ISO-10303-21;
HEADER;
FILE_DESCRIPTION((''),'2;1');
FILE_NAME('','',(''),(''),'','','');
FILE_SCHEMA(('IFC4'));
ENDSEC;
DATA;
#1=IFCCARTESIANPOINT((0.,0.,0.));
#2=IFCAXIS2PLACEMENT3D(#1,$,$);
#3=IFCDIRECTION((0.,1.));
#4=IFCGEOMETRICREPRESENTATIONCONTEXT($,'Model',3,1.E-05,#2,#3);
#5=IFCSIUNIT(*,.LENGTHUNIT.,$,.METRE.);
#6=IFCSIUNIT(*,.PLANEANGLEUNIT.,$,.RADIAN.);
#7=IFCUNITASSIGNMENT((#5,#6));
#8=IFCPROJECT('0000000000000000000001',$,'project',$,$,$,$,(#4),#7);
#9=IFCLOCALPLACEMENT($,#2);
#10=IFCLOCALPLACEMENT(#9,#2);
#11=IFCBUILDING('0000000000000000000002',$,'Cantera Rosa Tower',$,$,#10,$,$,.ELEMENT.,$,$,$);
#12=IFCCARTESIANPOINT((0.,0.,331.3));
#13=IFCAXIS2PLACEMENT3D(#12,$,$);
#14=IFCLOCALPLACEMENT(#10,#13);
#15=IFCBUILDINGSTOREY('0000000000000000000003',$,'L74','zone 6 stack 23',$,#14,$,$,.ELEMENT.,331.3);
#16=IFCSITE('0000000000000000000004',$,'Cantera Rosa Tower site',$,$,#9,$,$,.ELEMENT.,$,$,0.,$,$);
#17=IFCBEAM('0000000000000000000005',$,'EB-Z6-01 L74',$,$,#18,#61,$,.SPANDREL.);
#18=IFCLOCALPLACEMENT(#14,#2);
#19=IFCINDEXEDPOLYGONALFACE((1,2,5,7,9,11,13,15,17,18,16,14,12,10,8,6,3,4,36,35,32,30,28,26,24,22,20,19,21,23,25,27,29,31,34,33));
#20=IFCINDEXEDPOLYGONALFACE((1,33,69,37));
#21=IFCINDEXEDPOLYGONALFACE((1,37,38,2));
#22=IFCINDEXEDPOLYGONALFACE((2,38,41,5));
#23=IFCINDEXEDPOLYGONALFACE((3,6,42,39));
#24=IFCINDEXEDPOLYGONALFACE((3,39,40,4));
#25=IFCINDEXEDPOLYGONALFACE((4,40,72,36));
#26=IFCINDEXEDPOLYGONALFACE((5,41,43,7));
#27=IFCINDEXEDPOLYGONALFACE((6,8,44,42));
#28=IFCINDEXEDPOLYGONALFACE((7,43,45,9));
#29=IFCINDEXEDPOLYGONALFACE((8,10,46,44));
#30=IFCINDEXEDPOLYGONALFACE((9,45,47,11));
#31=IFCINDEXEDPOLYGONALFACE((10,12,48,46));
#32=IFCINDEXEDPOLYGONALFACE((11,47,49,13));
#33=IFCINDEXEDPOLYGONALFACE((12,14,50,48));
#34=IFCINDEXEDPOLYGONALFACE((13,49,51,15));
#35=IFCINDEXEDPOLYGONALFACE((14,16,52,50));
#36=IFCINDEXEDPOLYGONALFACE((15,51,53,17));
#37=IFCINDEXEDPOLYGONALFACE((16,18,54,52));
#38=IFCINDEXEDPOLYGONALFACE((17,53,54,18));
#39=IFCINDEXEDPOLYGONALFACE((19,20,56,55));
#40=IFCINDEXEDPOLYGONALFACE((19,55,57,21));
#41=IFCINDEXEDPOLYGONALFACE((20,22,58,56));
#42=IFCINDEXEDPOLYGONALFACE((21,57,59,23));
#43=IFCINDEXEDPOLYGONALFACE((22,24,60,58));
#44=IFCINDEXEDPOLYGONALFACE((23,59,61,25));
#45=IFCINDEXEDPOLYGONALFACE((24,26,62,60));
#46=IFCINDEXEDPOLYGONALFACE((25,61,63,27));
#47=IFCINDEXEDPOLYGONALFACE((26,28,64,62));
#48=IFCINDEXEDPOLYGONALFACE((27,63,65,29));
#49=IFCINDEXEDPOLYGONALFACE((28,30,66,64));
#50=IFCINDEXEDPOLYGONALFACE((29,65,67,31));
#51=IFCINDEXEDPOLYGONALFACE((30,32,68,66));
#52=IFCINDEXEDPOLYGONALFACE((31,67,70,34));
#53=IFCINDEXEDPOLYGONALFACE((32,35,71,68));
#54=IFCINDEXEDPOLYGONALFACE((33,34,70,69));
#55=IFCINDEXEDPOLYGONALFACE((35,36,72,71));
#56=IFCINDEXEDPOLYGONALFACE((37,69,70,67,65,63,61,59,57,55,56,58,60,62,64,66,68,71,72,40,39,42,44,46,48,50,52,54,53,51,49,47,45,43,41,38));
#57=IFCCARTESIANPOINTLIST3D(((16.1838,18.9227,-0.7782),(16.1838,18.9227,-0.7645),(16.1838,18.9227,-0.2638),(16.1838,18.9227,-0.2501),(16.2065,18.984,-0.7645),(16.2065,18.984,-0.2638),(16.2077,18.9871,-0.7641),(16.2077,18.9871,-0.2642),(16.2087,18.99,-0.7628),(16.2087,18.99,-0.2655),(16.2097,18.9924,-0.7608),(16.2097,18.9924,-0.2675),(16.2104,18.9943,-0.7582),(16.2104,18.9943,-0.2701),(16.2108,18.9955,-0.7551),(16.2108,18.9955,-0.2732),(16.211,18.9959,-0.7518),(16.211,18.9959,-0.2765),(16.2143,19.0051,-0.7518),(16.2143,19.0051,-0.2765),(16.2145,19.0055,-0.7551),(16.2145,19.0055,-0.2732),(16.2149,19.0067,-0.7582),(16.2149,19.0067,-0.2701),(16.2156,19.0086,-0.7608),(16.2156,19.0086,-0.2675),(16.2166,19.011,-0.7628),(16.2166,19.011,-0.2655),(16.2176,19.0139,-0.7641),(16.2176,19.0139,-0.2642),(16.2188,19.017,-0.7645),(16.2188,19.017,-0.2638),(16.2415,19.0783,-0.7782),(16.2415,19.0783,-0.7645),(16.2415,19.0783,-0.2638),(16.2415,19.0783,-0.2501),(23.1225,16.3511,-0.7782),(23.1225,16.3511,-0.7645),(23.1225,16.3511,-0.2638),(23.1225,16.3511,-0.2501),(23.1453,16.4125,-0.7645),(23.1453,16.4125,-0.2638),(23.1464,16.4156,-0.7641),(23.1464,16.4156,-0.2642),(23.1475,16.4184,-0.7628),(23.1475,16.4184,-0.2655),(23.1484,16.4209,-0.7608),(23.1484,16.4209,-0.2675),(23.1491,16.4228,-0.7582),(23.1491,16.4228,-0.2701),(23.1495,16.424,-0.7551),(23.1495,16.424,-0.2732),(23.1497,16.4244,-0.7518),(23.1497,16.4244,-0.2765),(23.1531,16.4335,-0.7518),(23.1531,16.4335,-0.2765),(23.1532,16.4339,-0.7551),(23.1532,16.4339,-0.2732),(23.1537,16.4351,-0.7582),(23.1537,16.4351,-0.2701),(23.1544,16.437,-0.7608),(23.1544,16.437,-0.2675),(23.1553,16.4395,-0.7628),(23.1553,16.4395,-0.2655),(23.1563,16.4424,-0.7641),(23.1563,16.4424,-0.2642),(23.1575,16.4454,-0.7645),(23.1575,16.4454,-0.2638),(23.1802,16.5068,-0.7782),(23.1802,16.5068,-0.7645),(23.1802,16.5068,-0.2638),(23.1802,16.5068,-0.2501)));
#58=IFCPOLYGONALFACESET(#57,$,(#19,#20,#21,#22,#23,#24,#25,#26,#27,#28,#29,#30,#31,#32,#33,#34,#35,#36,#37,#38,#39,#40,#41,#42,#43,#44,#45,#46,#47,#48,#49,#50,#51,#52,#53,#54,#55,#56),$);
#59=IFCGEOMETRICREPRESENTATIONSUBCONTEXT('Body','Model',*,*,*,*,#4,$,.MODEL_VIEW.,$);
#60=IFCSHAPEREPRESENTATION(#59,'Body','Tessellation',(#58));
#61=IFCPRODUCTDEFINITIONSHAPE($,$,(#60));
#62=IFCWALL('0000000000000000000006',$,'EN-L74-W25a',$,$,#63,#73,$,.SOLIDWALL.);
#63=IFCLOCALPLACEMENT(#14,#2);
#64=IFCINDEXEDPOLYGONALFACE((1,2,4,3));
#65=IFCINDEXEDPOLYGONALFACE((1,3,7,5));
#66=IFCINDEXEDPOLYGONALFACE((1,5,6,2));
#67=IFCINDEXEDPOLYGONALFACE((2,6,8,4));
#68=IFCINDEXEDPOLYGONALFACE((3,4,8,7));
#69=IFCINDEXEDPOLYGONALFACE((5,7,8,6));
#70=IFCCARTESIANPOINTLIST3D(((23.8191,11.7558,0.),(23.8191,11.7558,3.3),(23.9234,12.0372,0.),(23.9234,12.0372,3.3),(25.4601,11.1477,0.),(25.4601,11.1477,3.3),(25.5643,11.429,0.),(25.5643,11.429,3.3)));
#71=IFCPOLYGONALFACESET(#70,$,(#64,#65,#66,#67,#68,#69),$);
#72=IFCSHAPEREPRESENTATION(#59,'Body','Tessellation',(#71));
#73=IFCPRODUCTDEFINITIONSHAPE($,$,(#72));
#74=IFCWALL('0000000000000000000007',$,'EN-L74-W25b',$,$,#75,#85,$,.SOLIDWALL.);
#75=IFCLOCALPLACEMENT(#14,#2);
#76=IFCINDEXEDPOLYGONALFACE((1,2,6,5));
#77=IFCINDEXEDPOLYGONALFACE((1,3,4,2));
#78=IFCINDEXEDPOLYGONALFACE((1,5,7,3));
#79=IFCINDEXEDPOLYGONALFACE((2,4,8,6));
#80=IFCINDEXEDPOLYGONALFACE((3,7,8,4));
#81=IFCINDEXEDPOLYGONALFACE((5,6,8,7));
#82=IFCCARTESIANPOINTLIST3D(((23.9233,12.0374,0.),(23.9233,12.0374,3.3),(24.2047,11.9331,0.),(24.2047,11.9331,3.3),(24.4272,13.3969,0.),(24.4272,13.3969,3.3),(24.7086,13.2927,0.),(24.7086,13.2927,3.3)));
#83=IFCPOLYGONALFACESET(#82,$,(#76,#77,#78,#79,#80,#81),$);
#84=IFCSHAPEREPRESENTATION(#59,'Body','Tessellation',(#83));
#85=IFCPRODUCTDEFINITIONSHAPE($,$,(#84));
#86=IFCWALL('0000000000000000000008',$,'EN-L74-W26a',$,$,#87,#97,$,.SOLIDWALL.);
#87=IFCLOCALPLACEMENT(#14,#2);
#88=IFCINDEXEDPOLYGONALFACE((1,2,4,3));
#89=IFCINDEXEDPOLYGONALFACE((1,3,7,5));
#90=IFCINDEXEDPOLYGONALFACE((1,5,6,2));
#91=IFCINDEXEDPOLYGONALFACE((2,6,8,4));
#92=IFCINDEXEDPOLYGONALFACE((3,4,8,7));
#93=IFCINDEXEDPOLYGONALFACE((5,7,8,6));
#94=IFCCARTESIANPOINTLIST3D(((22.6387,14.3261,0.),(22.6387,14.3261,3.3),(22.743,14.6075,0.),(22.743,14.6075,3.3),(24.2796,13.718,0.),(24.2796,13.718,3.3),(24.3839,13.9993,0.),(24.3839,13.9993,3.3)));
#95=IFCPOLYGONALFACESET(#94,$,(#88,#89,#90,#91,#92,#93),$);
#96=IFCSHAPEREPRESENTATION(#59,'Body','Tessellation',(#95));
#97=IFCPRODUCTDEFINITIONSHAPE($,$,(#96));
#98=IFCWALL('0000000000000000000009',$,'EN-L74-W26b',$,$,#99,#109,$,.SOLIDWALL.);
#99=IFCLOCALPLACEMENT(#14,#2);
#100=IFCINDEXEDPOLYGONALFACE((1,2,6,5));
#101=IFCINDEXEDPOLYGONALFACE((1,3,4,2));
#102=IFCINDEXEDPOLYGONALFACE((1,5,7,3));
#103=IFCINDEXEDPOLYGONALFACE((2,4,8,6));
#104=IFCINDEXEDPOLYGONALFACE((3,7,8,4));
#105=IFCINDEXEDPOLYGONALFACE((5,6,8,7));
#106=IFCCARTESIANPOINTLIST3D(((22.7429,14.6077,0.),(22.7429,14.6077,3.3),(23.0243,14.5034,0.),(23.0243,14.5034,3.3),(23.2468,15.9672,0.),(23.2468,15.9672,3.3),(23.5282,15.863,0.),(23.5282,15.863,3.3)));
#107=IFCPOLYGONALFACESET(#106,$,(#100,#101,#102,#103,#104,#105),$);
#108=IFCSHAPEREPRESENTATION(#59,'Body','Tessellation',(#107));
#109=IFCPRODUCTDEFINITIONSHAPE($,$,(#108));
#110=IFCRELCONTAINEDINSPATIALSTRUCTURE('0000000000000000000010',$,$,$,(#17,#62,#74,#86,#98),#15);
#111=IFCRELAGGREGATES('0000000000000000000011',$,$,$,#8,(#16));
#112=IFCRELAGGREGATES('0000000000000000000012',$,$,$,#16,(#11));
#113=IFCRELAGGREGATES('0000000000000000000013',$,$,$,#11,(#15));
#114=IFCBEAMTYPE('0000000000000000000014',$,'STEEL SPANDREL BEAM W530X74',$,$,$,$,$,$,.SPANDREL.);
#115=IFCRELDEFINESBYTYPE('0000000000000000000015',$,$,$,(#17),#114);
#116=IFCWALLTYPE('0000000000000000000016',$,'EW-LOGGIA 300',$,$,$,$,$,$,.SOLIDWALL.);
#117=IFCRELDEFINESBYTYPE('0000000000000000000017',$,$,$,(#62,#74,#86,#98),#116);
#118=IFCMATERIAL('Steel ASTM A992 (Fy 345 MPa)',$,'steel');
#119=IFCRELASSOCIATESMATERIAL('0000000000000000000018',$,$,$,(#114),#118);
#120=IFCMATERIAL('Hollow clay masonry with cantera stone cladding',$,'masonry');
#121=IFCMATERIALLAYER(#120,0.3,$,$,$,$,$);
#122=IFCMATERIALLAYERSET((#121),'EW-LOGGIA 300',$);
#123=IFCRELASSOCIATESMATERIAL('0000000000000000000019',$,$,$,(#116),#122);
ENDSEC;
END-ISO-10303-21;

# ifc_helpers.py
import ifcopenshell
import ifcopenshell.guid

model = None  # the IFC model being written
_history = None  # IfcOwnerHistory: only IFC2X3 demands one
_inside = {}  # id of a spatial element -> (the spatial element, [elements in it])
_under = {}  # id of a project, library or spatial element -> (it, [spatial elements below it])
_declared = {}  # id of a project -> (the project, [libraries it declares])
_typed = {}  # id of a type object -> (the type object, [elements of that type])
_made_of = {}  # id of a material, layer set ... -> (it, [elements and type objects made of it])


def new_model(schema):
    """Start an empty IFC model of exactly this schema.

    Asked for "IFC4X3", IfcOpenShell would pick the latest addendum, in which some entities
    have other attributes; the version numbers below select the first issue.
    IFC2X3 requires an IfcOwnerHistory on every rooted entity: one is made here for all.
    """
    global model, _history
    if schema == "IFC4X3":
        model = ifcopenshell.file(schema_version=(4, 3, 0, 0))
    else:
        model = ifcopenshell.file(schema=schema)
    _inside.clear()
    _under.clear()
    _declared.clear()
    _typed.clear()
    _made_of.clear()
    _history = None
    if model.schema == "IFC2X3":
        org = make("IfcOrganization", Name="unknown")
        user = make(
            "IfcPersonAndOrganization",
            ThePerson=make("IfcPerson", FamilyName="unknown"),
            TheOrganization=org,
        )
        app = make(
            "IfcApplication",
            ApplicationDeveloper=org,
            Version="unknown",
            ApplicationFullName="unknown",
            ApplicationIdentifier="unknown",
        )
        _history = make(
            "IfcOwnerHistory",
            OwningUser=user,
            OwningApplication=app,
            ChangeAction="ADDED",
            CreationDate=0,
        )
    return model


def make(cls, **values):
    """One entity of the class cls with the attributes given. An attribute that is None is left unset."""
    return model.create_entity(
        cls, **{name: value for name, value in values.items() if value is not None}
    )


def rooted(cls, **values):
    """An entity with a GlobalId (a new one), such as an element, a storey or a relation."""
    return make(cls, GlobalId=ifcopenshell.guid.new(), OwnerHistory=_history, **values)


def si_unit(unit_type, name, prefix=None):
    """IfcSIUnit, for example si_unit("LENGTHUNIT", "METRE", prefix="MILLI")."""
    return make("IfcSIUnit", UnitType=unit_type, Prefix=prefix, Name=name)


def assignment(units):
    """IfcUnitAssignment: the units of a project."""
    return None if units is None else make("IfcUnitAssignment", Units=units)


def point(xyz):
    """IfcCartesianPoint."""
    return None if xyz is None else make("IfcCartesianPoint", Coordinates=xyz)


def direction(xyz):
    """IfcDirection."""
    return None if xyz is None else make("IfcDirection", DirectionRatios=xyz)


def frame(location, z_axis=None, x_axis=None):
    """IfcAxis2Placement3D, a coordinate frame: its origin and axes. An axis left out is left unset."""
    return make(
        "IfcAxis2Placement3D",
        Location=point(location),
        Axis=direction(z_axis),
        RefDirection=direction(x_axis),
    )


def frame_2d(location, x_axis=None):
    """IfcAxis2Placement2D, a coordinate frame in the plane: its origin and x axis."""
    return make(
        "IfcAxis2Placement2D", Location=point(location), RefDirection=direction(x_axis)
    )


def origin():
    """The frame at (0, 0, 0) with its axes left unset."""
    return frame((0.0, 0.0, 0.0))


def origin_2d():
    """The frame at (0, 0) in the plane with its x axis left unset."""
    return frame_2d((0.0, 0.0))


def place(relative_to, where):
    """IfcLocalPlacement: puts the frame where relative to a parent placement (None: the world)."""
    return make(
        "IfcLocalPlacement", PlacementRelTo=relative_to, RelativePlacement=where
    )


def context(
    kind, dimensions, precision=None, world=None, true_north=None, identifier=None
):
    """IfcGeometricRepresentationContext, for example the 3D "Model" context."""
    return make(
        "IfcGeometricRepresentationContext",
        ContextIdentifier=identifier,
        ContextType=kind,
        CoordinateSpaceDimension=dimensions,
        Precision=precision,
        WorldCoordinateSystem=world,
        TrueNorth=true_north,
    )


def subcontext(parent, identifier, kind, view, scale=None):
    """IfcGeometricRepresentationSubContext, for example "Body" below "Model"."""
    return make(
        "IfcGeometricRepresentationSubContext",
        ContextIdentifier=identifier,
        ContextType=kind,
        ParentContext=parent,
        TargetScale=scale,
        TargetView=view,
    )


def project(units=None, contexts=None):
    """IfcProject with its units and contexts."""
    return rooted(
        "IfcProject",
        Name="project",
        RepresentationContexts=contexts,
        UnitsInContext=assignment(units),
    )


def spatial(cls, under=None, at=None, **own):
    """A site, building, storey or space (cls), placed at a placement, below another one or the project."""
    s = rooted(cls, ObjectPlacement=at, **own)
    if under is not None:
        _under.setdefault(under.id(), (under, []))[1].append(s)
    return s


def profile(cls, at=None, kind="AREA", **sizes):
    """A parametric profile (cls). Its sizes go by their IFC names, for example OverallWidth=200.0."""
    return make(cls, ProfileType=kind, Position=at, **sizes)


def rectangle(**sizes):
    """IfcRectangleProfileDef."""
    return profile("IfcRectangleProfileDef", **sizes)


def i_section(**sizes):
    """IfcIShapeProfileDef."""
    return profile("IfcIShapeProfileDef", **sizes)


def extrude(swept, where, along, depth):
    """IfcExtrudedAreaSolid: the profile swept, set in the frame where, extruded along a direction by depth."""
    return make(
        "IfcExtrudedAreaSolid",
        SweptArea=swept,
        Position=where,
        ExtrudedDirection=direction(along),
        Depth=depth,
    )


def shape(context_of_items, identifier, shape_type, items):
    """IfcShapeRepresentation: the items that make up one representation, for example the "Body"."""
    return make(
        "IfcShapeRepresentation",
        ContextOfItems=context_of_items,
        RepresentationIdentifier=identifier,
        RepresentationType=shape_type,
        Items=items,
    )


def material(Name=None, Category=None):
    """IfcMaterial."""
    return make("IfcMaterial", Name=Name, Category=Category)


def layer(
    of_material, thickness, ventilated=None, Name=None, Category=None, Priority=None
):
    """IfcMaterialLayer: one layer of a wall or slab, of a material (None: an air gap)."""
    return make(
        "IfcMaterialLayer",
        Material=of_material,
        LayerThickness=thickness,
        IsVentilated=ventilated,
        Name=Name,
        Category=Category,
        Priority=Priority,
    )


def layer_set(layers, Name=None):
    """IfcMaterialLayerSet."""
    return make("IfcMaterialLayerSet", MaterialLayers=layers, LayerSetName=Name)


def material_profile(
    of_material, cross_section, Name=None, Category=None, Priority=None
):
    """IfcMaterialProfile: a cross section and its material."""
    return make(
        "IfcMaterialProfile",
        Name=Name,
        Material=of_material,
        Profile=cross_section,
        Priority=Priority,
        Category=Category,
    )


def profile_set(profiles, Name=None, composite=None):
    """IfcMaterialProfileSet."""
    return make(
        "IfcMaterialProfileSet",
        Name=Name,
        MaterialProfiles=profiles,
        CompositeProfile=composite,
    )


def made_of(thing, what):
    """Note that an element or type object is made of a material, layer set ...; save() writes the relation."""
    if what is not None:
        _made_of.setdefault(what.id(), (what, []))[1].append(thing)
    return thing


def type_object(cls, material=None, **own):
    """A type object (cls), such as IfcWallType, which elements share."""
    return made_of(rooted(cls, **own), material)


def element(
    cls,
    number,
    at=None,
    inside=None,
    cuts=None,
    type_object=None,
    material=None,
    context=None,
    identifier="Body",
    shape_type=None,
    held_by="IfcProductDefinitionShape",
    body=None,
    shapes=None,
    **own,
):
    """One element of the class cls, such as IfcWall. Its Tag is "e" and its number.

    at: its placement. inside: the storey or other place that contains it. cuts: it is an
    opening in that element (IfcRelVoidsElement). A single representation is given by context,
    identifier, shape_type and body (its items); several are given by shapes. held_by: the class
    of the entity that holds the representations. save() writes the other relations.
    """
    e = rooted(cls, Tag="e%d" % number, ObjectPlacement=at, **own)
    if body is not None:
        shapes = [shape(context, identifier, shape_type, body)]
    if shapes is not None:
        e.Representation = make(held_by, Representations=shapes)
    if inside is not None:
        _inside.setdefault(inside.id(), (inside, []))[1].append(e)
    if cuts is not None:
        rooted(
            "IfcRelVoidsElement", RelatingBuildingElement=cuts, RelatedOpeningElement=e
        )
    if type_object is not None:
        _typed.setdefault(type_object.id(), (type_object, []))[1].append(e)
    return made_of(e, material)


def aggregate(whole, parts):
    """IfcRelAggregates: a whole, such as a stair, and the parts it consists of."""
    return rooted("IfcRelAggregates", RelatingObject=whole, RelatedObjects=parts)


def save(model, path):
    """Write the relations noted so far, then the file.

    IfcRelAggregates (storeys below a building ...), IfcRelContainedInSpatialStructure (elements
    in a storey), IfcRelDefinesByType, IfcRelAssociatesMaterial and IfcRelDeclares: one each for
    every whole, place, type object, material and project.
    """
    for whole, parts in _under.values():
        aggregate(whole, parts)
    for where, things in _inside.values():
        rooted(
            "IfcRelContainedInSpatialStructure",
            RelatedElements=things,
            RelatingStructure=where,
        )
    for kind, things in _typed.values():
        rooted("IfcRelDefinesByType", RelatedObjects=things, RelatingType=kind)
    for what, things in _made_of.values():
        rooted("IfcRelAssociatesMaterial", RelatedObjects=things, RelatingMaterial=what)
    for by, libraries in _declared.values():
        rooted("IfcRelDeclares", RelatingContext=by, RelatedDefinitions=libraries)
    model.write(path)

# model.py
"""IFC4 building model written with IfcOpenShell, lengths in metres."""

from ifc_helpers import new_model, si_unit, direction, frame, frame_2d, origin, origin_2d, place, context, subcontext, project, spatial, rectangle, i_section, extrude, material, layer, layer_set, material_profile, profile_set, type_object, element, save


model = new_model("IFC4")

# Units and contexts
model_context = context("Model", 3, precision=1e-05, world=origin(), true_north=direction((0.0, 1.0)))
body_context = subcontext(model_context, "Body", "Model", "MODEL_VIEW")
ifc_project = project(units=[si_unit("LENGTHUNIT", "METRE"), si_unit("PLANEANGLEUNIT", "RADIAN")], contexts=[model_context])

# Site, building, storey
site_placement = place(None, origin())
site = spatial("IfcSite", under=ifc_project, at=site_placement, Name="Cantera Rosa Tower site", CompositionType="ELEMENT", RefElevation=0.0)
building_placement = place(site_placement, origin())
building = spatial("IfcBuilding", under=site, at=building_placement, Name="Cantera Rosa Tower", CompositionType="ELEMENT")
storey_placement = place(building_placement, frame((0.0, 0.0, 331.3)))
storey = spatial("IfcBuildingStorey", under=building, at=storey_placement, Name="L74", Description="zone 6 stack 23", CompositionType="ELEMENT", Elevation=331.3)

# Beam
ifc_material_1 = material(Name="Steel ASTM A992 (Fy 345 MPa)", Category="steel")
ifc_material_profile_1 = material_profile(ifc_material_1, i_section(OverallWidth=0.166, OverallDepth=0.5281, WebThickness=0.0098, FlangeThickness=0.0137, FilletRadius=0.0127, at=origin_2d()), Name="W530X74")
ifc_profile_set_1 = profile_set([ifc_material_profile_1], Name="Steel ASTM A992 (Fy 345 MPa)")
beam_type_1 = type_object("IfcBeamType", Name="STEEL SPANDREL BEAM W530X74", PredefinedType="SPANDREL", material=ifc_profile_set_1)
beam_1_placement = place(storey_placement, frame((23.1514, 16.429, -0.5142), z_axis=(-0.937677, 0.347509, 0.0), x_axis=(-0.347509, -0.937677, 0.0)))
element("IfcBeam", 1, at=beam_1_placement, inside=storey, type_object=beam_type_1, Name="EB-Z6-01 L74", PredefinedType="SPANDREL", context=body_context, shape_type="SweptSolid", body=[
    extrude(i_section(OverallWidth=0.166, OverallDepth=0.5281, WebThickness=0.0098, FlangeThickness=0.0137, FilletRadius=0.0127, at=origin_2d()), origin(), (0.0, 0.0, 1.0), 7.3999),
])

# Walls
ifc_material_2 = material(Name="Hollow clay masonry with cantera stone cladding", Category="masonry")
ifc_layer_1 = layer(ifc_material_2, 0.3)
ifc_layer_set_1 = layer_set([ifc_layer_1], Name="EW-LOGGIA 300")
wall_type_1 = type_object("IfcWallType", Name="EW-LOGGIA 300", PredefinedType="SOLIDWALL", material=ifc_layer_set_1)
wall_1_placement = place(storey_placement, frame((25.5122, 11.2883, 0.0), z_axis=(0.0, 0.0, 1.0), x_axis=(-0.93767, 0.347528, 0.0)))
element("IfcWall", 2, at=wall_1_placement, inside=storey, type_object=wall_type_1, Name="EN-L74-W25a", PredefinedType="SOLIDWALL", context=body_context, shape_type="SweptSolid", body=[
    extrude(rectangle(XDim=1.75, YDim=0.3, at=frame_2d((0.875, 0.0))), origin(), (0.0, 0.0, 1.0), 3.3),
])
wall_2_placement = place(storey_placement, frame((24.064, 11.9851, 0.0), z_axis=(0.0, 0.0, 1.0), x_axis=(0.347523, 0.937672, 0.0)))
element("IfcWall", 3, at=wall_2_placement, inside=storey, type_object=wall_type_1, Name="EN-L74-W25b", PredefinedType="SOLIDWALL", context=body_context, shape_type="SweptSolid", body=[
    extrude(rectangle(XDim=1.45, YDim=0.3, at=frame_2d((0.7251, 0.0))), origin(), (0.0, 0.0, 1.0), 3.3),
])
wall_3_placement = place(storey_placement, frame((24.3318, 13.8586, 0.0), z_axis=(0.0, 0.0, 1.0), x_axis=(-0.93767, 0.347528, 0.0)))
element("IfcWall", 4, at=wall_3_placement, inside=storey, type_object=wall_type_1, Name="EN-L74-W26a", PredefinedType="SOLIDWALL", context=body_context, shape_type="SweptSolid", body=[
    extrude(rectangle(XDim=1.75, YDim=0.3, at=frame_2d((0.875, 0.0))), origin(), (0.0, 0.0, 1.0), 3.3),
])
wall_4_placement = place(storey_placement, frame((22.8835, 14.5554, 0.0), z_axis=(0.0, 0.0, 1.0), x_axis=(0.347523, 0.937672, 0.0)))
element("IfcWall", 5, at=wall_4_placement, inside=storey, type_object=wall_type_1, Name="EN-L74-W26b", PredefinedType="SOLIDWALL", context=body_context, shape_type="SweptSolid", body=[
    extrude(rectangle(XDim=1.45, YDim=0.3, at=frame_2d((0.7251, 0.0))), origin(), (0.0, 0.0, 1.0), 3.3),
])

save(model, "model.ifc")
